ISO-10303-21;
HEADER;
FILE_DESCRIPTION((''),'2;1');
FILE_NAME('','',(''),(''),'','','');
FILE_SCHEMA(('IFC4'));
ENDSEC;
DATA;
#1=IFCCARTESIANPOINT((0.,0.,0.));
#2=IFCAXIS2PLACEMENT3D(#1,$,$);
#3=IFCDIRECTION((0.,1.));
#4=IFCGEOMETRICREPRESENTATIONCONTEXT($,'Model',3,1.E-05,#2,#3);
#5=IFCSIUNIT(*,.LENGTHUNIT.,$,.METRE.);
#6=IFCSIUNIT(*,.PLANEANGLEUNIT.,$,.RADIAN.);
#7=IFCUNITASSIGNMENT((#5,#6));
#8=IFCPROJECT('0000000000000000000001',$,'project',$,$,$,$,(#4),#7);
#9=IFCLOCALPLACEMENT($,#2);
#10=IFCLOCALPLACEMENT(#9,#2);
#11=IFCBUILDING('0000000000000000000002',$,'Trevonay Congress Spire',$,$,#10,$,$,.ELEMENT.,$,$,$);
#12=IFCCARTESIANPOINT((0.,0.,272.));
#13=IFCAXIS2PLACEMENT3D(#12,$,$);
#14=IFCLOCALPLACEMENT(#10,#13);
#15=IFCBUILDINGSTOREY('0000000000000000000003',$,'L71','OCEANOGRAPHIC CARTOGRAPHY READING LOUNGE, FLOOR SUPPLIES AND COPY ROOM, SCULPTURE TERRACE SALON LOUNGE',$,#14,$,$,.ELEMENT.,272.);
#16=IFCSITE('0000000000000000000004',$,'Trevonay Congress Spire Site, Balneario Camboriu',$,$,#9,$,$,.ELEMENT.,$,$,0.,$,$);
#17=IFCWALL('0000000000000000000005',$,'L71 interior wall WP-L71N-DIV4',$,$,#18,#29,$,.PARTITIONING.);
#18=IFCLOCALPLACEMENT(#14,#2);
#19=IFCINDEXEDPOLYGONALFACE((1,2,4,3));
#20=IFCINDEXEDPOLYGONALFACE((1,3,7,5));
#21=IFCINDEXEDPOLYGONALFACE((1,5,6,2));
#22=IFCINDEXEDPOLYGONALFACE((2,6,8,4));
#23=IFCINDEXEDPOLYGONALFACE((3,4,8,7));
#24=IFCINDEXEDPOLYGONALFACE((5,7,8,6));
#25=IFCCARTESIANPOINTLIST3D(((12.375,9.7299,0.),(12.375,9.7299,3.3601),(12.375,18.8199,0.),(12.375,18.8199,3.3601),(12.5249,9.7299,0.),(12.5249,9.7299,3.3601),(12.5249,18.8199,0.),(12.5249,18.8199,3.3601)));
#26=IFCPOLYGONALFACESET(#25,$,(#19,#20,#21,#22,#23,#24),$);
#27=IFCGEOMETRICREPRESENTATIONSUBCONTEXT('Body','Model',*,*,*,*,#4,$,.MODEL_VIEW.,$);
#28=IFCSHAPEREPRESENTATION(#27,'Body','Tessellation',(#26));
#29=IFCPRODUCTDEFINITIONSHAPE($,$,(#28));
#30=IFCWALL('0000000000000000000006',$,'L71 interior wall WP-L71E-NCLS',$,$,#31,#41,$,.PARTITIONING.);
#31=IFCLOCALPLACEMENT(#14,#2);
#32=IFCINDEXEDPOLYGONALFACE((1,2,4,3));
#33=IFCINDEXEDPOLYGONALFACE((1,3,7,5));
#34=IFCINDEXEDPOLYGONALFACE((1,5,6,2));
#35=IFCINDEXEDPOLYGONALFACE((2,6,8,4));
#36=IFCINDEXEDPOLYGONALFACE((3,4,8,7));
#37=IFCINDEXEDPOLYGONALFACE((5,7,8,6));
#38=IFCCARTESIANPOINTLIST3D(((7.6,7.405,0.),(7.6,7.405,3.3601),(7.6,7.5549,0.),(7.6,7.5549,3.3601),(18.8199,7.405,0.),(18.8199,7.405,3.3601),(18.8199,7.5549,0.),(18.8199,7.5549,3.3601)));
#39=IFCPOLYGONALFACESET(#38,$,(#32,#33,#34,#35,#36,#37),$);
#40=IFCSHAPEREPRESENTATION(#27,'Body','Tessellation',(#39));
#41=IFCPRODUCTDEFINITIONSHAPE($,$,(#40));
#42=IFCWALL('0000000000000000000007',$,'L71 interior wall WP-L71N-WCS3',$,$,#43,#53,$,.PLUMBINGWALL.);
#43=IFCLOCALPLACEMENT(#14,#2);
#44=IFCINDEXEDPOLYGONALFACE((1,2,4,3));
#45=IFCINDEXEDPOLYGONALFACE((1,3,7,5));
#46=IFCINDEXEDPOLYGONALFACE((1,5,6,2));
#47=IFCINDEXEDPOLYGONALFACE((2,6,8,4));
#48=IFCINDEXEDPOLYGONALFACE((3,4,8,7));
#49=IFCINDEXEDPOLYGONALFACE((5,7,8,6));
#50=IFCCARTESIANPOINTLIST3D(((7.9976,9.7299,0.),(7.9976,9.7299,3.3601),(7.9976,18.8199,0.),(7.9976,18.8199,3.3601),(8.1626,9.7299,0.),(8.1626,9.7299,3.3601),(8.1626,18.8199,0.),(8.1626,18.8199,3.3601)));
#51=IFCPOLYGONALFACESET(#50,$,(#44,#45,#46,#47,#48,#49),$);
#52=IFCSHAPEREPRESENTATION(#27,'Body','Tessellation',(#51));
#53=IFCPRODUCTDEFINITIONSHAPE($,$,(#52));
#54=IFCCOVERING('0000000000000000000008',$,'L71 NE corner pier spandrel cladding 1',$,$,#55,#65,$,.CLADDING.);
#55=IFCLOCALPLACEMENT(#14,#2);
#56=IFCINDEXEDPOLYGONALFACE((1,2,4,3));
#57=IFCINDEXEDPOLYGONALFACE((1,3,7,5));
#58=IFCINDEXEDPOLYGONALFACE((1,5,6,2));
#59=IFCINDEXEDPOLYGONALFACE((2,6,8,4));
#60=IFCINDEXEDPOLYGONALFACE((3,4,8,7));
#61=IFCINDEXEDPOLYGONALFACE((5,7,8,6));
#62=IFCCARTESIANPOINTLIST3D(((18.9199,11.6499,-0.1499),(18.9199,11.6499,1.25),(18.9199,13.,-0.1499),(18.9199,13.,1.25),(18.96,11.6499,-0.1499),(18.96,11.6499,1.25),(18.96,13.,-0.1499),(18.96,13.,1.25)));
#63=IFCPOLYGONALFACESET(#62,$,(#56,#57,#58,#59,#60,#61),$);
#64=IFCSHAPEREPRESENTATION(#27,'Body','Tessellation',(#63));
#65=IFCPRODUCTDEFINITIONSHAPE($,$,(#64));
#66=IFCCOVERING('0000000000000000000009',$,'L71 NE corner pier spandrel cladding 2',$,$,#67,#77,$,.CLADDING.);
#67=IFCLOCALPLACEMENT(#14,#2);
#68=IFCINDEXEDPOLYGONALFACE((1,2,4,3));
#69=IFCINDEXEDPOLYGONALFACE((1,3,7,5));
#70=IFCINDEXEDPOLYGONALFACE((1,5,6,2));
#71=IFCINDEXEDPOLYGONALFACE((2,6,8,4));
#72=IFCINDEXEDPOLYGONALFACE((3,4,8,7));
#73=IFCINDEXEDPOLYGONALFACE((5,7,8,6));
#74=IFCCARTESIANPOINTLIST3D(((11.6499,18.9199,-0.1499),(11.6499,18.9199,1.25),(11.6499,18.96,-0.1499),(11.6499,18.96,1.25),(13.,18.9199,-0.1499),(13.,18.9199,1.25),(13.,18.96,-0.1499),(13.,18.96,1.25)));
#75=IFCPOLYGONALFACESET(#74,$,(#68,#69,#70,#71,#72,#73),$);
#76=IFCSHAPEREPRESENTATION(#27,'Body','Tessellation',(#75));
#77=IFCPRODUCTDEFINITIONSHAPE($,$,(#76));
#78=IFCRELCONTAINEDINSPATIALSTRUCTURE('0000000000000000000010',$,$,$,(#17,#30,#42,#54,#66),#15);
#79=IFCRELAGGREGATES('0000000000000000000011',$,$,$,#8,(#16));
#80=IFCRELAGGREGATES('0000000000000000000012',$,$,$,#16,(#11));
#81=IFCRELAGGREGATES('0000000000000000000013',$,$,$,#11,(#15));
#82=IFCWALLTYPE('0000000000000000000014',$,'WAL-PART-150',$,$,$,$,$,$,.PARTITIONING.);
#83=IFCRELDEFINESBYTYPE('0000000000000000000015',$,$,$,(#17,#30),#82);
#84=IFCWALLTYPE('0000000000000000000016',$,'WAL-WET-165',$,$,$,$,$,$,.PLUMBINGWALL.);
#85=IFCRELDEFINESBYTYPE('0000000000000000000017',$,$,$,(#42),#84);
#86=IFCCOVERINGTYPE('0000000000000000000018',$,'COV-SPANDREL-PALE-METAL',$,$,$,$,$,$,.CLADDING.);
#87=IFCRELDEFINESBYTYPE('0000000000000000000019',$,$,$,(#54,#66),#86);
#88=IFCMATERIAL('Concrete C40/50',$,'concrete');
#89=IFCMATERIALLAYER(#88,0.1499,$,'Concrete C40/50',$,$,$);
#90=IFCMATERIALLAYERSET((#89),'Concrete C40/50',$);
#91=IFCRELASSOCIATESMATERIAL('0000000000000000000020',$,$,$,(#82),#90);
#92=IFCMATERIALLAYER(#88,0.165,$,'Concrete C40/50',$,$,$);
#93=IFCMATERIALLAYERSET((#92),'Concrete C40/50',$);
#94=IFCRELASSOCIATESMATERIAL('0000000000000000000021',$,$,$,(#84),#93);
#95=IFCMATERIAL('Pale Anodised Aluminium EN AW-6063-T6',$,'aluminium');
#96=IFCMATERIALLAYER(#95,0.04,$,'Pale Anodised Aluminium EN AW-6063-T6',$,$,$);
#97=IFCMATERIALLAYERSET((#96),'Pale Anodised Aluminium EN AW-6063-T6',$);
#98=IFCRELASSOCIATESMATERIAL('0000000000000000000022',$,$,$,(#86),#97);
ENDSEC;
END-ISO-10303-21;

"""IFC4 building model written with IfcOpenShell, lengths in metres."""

from ifc_helpers import new_model, si_unit, direction, frame, frame_2d, origin, place, context, subcontext, project, spatial, rectangle, extrude, material, layer, layer_set, type_object, element, save


model = new_model("IFC4")

# Units and contexts
model_context = context("Model", 3, precision=1e-05, world=origin(), true_north=direction((0.0, 1.0)))
body_context = subcontext(model_context, "Body", "Model", "MODEL_VIEW")
ifc_project = project(units=[si_unit("LENGTHUNIT", "METRE"), si_unit("PLANEANGLEUNIT", "RADIAN")], contexts=[model_context])

# Site, building, storey
site_placement = place(None, origin())
site = spatial("IfcSite", under=ifc_project, at=site_placement, Name="Trevonay Congress Spire Site, Balneario Camboriu", CompositionType="ELEMENT", RefElevation=0.0)
building_placement = place(site_placement, origin())
building = spatial("IfcBuilding", under=site, at=building_placement, Name="Trevonay Congress Spire", CompositionType="ELEMENT")
storey_placement = place(building_placement, frame((0.0, 0.0, 272.0)))
storey = spatial("IfcBuildingStorey", under=building, at=storey_placement, Name="L71", Description="OCEANOGRAPHIC CARTOGRAPHY READING LOUNGE, FLOOR SUPPLIES AND COPY ROOM, SCULPTURE TERRACE SALON LOUNGE", CompositionType="ELEMENT", Elevation=272.0)

# Shared definitions
ifc_material_1 = material(Name="Pale Anodised Aluminium EN AW-6063-T6", Category="aluminium")

# Walls
ifc_material_2 = material(Name="Concrete C40/50", Category="concrete")
ifc_layer_1 = layer(ifc_material_2, 0.1499, Name="Concrete C40/50")
ifc_layer_set_1 = layer_set([ifc_layer_1], Name="Concrete C40/50")
wall_type_1 = type_object("IfcWallType", Name="WAL-PART-150", PredefinedType="PARTITIONING", material=ifc_layer_set_1)
wall_1_placement = place(storey_placement, frame((12.45, 9.73, 0.0), z_axis=(0.0, 0.0, 1.0), x_axis=(0.0, 1.0, 0.0)))
element("IfcWall", 1, at=wall_1_placement, inside=storey, type_object=wall_type_1, Name="L71 interior wall WP-L71N-DIV4", PredefinedType="PARTITIONING", context=body_context, shape_type="SweptSolid", body=[
    extrude(rectangle(XDim=9.0901, YDim=0.1499, at=frame_2d((4.5449, 0.0))), origin(), (0.0, 0.0, 1.0), 3.3601),
])
wall_2_placement = place(storey_placement, frame((7.6001, 7.48, 0.0), z_axis=(0.0, 0.0, 1.0), x_axis=(1.0, 0.0, 0.0)))
element("IfcWall", 2, at=wall_2_placement, inside=storey, type_object=wall_type_1, Name="L71 interior wall WP-L71E-NCLS", PredefinedType="PARTITIONING", context=body_context, shape_type="SweptSolid", body=[
    extrude(rectangle(XDim=11.22, YDim=0.1499, at=frame_2d((5.6099, 0.0))), origin(), (0.0, 0.0, 1.0), 3.3601),
])
ifc_layer_2 = layer(ifc_material_2, 0.165, Name="Concrete C40/50")
ifc_layer_set_2 = layer_set([ifc_layer_2], Name="Concrete C40/50")
wall_type_2 = type_object("IfcWallType", Name="WAL-WET-165", PredefinedType="PLUMBINGWALL", material=ifc_layer_set_2)
wall_3_placement = place(storey_placement, frame((8.0801, 9.73, 0.0), z_axis=(0.0, 0.0, 1.0), x_axis=(0.0, 1.0, 0.0)))
element("IfcWall", 3, at=wall_3_placement, inside=storey, type_object=wall_type_2, Name="L71 interior wall WP-L71N-WCS3", PredefinedType="PLUMBINGWALL", context=body_context, shape_type="SweptSolid", body=[
    extrude(rectangle(XDim=9.0901, YDim=0.165, at=frame_2d((4.5449, 0.0))), origin(), (0.0, 0.0, 1.0), 3.3601),
])

# Coverings
ifc_layer_3 = layer(ifc_material_1, 0.04, Name="Pale Anodised Aluminium EN AW-6063-T6")
ifc_layer_set_3 = layer_set([ifc_layer_3], Name="Pale Anodised Aluminium EN AW-6063-T6")
covering_type = type_object("IfcCoveringType", Name="COV-SPANDREL-PALE-METAL", PredefinedType="CLADDING", material=ifc_layer_set_3)
for number, where, z_axis, x_axis, name in (
    (4, (18.9399, 11.6499, -0.1499), (0.0, 0.0, 1.0), (0.0, 1.0, 0.0), "L71 NE corner pier spandrel cladding 1"),
    (5, (11.6499, 18.9399, -0.1499), (0.0, 0.0, 1.0), (1.0, 0.0, 0.0), "L71 NE corner pier spandrel cladding 2"),
):
    element("IfcCovering", number, at=place(storey_placement, frame(where, z_axis=z_axis, x_axis=x_axis)), inside=storey, type_object=covering_type, Name=name, PredefinedType="CLADDING", context=body_context, shape_type="SweptSolid", body=[
        extrude(rectangle(XDim=1.3501, YDim=0.04, at=frame_2d((0.675, 0.0))), origin(), (0.0, 0.0, 1.0), 1.3999),
    ])

save(model, "model.ifc")
